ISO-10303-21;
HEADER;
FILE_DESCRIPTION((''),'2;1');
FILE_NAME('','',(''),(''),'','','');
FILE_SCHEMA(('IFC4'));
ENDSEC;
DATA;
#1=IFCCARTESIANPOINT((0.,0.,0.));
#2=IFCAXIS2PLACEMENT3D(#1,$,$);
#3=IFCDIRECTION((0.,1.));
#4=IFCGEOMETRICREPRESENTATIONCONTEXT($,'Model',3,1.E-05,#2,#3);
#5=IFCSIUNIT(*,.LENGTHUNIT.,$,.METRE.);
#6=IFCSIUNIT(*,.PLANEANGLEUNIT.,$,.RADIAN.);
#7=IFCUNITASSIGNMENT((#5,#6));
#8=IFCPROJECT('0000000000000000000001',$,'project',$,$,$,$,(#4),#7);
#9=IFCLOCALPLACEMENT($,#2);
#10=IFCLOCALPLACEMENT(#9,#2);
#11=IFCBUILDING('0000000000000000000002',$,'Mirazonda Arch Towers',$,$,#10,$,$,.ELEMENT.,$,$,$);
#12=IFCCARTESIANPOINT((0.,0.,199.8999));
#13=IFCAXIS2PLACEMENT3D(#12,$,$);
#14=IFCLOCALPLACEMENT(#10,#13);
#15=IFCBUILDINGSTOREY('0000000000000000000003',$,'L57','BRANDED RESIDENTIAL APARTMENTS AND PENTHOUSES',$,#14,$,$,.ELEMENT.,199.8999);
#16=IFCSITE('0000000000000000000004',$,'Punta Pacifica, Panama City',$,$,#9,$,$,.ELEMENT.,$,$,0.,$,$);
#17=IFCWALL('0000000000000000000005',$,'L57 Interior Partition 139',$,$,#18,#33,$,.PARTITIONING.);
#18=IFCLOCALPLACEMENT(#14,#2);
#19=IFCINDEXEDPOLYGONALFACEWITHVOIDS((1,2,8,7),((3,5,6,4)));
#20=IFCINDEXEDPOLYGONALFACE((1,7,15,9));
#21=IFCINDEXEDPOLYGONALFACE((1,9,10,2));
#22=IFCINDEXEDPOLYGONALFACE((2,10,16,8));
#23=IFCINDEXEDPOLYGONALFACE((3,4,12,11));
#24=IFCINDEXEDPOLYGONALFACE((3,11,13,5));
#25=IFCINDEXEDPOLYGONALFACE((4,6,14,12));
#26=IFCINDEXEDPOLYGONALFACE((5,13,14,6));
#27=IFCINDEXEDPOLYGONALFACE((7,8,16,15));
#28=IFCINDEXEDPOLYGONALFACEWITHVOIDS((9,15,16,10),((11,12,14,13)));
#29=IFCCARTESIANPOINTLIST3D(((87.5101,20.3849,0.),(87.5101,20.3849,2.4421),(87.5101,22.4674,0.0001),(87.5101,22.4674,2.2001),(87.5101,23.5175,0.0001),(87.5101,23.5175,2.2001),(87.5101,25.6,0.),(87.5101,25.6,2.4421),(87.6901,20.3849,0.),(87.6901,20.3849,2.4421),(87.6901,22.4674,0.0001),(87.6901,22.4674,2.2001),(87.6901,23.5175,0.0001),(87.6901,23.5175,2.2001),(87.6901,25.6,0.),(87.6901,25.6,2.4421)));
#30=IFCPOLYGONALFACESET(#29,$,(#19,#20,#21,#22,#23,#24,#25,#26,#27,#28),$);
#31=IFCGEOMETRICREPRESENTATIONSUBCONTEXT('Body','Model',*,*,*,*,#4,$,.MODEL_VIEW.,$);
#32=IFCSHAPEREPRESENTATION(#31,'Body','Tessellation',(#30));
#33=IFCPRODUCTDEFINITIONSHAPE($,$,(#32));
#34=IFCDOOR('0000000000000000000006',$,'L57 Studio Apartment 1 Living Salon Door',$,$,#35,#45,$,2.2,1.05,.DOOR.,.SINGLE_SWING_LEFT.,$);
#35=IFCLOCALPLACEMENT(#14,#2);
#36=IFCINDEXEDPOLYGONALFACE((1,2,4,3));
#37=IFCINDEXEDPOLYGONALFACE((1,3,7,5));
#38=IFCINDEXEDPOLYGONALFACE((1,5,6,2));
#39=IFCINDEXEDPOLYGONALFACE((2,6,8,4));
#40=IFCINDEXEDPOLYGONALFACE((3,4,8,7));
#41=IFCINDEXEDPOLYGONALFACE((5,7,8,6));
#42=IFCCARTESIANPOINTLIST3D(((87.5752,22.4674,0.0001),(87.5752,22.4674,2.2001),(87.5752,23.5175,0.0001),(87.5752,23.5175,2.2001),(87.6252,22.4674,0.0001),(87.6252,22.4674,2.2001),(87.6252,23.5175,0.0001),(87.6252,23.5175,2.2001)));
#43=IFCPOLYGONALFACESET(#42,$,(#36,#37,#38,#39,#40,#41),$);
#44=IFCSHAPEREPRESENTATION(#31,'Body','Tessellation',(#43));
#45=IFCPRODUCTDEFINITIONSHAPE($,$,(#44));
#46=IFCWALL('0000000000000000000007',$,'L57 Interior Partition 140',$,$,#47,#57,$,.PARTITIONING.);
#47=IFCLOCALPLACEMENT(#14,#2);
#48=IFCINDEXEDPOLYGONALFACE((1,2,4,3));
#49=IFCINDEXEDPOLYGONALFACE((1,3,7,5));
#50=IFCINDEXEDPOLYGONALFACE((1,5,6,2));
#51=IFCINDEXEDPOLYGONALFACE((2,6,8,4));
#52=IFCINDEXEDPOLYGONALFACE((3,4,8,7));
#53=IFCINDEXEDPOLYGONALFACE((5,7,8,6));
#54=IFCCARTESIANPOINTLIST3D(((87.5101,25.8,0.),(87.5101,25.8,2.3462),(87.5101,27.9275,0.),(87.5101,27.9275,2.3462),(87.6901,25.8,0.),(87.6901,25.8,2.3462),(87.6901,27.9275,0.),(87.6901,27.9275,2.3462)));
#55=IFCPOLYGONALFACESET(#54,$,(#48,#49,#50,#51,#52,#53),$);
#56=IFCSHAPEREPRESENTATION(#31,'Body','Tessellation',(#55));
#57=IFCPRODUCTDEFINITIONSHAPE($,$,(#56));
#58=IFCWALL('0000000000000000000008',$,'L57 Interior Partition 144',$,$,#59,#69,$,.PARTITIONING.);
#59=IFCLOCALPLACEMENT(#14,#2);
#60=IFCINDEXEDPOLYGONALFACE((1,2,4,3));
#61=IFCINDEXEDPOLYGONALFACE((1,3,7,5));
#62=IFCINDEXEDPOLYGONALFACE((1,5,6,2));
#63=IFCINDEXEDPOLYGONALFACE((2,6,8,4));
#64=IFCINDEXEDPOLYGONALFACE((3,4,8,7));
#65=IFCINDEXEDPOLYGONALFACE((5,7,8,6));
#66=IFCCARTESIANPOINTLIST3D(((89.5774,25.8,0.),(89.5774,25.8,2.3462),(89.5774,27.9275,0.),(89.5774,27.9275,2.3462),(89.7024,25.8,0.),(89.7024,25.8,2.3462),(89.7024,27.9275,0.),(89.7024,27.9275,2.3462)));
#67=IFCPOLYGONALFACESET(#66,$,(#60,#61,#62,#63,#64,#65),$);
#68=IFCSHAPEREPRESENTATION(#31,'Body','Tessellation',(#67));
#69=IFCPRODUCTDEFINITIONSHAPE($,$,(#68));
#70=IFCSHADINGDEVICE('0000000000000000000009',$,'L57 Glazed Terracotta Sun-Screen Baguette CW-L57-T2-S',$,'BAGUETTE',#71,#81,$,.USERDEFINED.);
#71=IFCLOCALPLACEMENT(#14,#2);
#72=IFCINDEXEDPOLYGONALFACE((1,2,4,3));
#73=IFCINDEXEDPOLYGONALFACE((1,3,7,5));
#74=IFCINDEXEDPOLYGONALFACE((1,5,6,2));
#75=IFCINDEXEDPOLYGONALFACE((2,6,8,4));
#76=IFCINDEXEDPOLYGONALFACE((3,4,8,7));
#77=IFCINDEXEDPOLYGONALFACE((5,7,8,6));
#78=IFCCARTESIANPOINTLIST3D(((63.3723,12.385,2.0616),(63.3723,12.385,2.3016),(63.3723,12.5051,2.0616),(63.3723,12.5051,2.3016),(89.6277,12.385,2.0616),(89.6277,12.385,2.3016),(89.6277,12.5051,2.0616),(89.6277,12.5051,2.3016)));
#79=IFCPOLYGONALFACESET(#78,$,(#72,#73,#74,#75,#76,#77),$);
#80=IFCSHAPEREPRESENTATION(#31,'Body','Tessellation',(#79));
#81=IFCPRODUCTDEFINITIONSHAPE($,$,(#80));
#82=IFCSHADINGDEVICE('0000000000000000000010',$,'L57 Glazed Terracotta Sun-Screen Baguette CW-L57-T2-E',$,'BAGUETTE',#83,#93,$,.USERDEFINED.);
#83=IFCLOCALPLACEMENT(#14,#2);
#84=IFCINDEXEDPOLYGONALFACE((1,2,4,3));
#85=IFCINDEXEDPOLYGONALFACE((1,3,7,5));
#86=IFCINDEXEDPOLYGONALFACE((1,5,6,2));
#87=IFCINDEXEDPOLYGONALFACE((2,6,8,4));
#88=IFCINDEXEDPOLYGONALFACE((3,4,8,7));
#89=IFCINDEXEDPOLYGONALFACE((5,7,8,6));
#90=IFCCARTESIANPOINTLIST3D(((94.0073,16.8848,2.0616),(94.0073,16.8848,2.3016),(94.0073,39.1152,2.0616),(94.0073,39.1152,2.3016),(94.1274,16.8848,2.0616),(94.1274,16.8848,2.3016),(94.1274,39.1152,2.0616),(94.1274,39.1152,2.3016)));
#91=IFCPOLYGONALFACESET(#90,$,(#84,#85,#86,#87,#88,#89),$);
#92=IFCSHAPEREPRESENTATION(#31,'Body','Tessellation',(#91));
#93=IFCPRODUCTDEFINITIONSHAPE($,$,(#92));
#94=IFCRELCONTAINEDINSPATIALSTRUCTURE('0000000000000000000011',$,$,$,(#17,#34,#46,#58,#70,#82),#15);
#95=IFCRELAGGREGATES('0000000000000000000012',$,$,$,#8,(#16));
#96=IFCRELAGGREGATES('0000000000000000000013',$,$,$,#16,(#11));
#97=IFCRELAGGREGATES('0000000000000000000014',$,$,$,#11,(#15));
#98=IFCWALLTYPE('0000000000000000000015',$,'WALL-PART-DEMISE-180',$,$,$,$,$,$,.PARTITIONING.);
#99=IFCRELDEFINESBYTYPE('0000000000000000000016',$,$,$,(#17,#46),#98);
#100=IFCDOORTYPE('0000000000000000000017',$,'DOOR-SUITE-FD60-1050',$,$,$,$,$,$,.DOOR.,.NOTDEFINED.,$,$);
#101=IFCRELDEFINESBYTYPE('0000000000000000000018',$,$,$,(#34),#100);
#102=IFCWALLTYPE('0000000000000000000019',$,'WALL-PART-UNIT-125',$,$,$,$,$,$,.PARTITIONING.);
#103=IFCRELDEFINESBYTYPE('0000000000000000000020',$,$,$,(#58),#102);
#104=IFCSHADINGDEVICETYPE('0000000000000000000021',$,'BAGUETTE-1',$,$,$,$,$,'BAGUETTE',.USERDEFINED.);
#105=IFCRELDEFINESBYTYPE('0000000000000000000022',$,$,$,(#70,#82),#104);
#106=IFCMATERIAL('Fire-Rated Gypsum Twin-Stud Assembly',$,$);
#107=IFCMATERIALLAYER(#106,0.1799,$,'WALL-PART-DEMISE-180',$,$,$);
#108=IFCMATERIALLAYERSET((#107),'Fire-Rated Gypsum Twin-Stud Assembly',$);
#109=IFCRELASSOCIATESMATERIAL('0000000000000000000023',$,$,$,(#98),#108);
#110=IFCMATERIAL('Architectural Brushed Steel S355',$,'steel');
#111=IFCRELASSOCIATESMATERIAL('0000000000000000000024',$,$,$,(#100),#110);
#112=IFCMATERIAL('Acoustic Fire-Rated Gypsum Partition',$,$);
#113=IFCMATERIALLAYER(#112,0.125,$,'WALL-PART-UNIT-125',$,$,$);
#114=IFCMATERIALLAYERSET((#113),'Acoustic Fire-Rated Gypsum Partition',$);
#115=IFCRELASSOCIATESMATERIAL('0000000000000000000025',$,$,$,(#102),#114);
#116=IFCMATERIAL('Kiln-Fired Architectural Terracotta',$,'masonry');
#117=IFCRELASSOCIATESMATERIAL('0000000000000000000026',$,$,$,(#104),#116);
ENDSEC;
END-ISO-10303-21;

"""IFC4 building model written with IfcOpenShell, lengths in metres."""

from ifc_helpers import new_model, si_unit, direction, frame, frame_2d, origin, origin_2d, place, context, subcontext, project, spatial, rectangle, extrude, material, layer, layer_set, material_profile, profile_set, type_object, element, fill, save


model = new_model("IFC4")

# Units and contexts
model_context = context("Model", 3, precision=1e-05, world=origin(), true_north=direction((0.0, 1.0)))
body_context = subcontext(model_context, "Body", "Model", "MODEL_VIEW")
ifc_project = project(units=[si_unit("LENGTHUNIT", "METRE"), si_unit("PLANEANGLEUNIT", "RADIAN")], contexts=[model_context])

# Site, building, storey
site_placement = place(None, origin())
site = spatial("IfcSite", under=ifc_project, at=site_placement, Name="Punta Pacifica, Panama City", CompositionType="ELEMENT", RefElevation=0.0)
building_placement = place(site_placement, origin())
building = spatial("IfcBuilding", under=site, at=building_placement, Name="Mirazonda Arch Towers", CompositionType="ELEMENT")
storey_placement = place(building_placement, frame((0.0, 0.0, 199.8999)))
storey = spatial("IfcBuildingStorey", under=building, at=storey_placement, Name="L57", Description="BRANDED RESIDENTIAL APARTMENTS AND PENTHOUSES", CompositionType="ELEMENT", Elevation=199.8999)

# Shared definitions
ifc_material_1 = material(Name="Fire-Rated Gypsum Twin-Stud Assembly")
ifc_layer_1 = layer(ifc_material_1, 0.1799, Name="WALL-PART-DEMISE-180")
ifc_layer_set_1 = layer_set([ifc_layer_1], Name="Fire-Rated Gypsum Twin-Stud Assembly")
wall_type_1 = type_object("IfcWallType", Name="WALL-PART-DEMISE-180", PredefinedType="PARTITIONING", material=ifc_layer_set_1)

# Shared definitions
ifc_material_2 = material(Name="Architectural Brushed Steel S355", Category="steel")

# Wall, opening, door
wall_1_placement = place(storey_placement, frame((87.6001, 20.385, 0.0), z_axis=(0.0, 0.0, 1.0), x_axis=(0.0, 1.0, 0.0)))
wall_1 = element("IfcWall", 1, at=wall_1_placement, inside=storey, type_object=wall_type_1, Name="L57 Interior Partition 139", PredefinedType="PARTITIONING", context=body_context, shape_type="SweptSolid", body=[
    extrude(rectangle(XDim=5.2151, YDim=0.1799, at=frame_2d((2.6074, 0.0))), origin(), (0.0, 0.0, 1.0), 2.4421),
])
opening_1_placement = place(wall_1_placement, frame((2.0825, 0.0, 0.0)))
opening_1 = element("IfcOpeningElement", 2, at=opening_1_placement, cuts=wall_1, PredefinedType="OPENING", context=body_context, shape_type="SweptSolid", body=[
    extrude(rectangle(XDim=1.05, YDim=2.2, at=frame_2d((0.5249, 1.1001))), frame((0.0, 0.0999, 0.0), z_axis=(0.0, -1.0, 0.0), x_axis=(1.0, 0.0, 0.0)), (0.0, 0.0, 1.0), 0.2),
])
door_type_1 = type_object("IfcDoorType", Name="DOOR-SUITE-FD60-1050", OperationType="NOTDEFINED", PredefinedType="DOOR", material=ifc_material_2)
door_1_placement = place(opening_1_placement, origin())
door_1 = element("IfcDoor", 3, at=door_1_placement, inside=storey, type_object=door_type_1, Name="L57 Studio Apartment 1 Living Salon Door", OperationType="SINGLE_SWING_LEFT", OverallHeight=2.2, OverallWidth=1.05, PredefinedType="DOOR", context=body_context, shape_type="SweptSolid", body=[
    extrude(rectangle(XDim=1.05, YDim=2.2, at=frame_2d((0.5249, 1.1001))), frame((0.0, 0.0249, 0.0), z_axis=(0.0, -1.0, 0.0), x_axis=(1.0, 0.0, 0.0)), (0.0, 0.0, 1.0), 0.05),
])
fill(opening_1, door_1)

# Walls
wall_2_placement = place(storey_placement, frame((87.6001, 25.8, 0.0), z_axis=(0.0, 0.0, 1.0), x_axis=(0.0, 1.0, 0.0)))
element("IfcWall", 4, at=wall_2_placement, inside=storey, type_object=wall_type_1, Name="L57 Interior Partition 140", PredefinedType="PARTITIONING", context=body_context, shape_type="SweptSolid", body=[
    extrude(rectangle(XDim=2.1274, YDim=0.1799, at=frame_2d((1.0637, 0.0))), origin(), (0.0, 0.0, 1.0), 2.3462),
])
ifc_material_3 = material(Name="Acoustic Fire-Rated Gypsum Partition")
ifc_layer_2 = layer(ifc_material_3, 0.125, Name="WALL-PART-UNIT-125")
ifc_layer_set_2 = layer_set([ifc_layer_2], Name="Acoustic Fire-Rated Gypsum Partition")
wall_type_2 = type_object("IfcWallType", Name="WALL-PART-UNIT-125", PredefinedType="PARTITIONING", material=ifc_layer_set_2)
wall_3_placement = place(storey_placement, frame((89.6399, 25.8, 0.0), z_axis=(0.0, 0.0, 1.0), x_axis=(0.0, 1.0, 0.0)))
element("IfcWall", 5, at=wall_3_placement, inside=storey, type_object=wall_type_2, Name="L57 Interior Partition 144", PredefinedType="PARTITIONING", context=body_context, shape_type="SweptSolid", body=[
    extrude(rectangle(XDim=2.1274, YDim=0.125, at=frame_2d((1.0637, 0.0))), origin(), (0.0, 0.0, 1.0), 2.3462),
])

# Shading devices
ifc_material_4 = material(Name="Kiln-Fired Architectural Terracotta", Category="masonry")
ifc_material_profile_1 = material_profile(ifc_material_4, rectangle(XDim=0.1201, YDim=0.24, at=origin_2d()), Name="TERRA-BAG-120x240")
ifc_profile_set_1 = profile_set([ifc_material_profile_1], Name="Kiln-Fired Architectural Terracotta")
shading_device_type = type_object("IfcShadingDeviceType", Name="BAGUETTE-1", ElementType="BAGUETTE", PredefinedType="USERDEFINED", material=ifc_profile_set_1)
shading_device_1_placement = place(storey_placement, frame((89.6277, 12.4451, 2.1816), z_axis=(-1.0, 0.0, 0.0), x_axis=(0.0, -1.0, 0.0)))
element("IfcShadingDevice", 6, at=shading_device_1_placement, inside=storey, type_object=shading_device_type, Name="L57 Glazed Terracotta Sun-Screen Baguette CW-L57-T2-S", ObjectType="BAGUETTE", PredefinedType="USERDEFINED", context=body_context, shape_type="SweptSolid", body=[
    extrude(rectangle(XDim=0.1201, YDim=0.24, at=origin_2d()), origin(), (0.0, 0.0, 1.0), 26.2554),
])
shading_device_2_placement = place(storey_placement, frame((94.0674, 16.8848, 2.1816), z_axis=(0.0, 1.0, 0.0), x_axis=(-1.0, 0.0, 0.0)))
element("IfcShadingDevice", 7, at=shading_device_2_placement, inside=storey, type_object=shading_device_type, Name="L57 Glazed Terracotta Sun-Screen Baguette CW-L57-T2-E", ObjectType="BAGUETTE", PredefinedType="USERDEFINED", context=body_context, shape_type="SweptSolid", body=[
    extrude(rectangle(XDim=0.1201, YDim=0.24, at=origin_2d()), origin(), (0.0, 0.0, 1.0), 22.2305),
])

save(model, "model.ifc")
